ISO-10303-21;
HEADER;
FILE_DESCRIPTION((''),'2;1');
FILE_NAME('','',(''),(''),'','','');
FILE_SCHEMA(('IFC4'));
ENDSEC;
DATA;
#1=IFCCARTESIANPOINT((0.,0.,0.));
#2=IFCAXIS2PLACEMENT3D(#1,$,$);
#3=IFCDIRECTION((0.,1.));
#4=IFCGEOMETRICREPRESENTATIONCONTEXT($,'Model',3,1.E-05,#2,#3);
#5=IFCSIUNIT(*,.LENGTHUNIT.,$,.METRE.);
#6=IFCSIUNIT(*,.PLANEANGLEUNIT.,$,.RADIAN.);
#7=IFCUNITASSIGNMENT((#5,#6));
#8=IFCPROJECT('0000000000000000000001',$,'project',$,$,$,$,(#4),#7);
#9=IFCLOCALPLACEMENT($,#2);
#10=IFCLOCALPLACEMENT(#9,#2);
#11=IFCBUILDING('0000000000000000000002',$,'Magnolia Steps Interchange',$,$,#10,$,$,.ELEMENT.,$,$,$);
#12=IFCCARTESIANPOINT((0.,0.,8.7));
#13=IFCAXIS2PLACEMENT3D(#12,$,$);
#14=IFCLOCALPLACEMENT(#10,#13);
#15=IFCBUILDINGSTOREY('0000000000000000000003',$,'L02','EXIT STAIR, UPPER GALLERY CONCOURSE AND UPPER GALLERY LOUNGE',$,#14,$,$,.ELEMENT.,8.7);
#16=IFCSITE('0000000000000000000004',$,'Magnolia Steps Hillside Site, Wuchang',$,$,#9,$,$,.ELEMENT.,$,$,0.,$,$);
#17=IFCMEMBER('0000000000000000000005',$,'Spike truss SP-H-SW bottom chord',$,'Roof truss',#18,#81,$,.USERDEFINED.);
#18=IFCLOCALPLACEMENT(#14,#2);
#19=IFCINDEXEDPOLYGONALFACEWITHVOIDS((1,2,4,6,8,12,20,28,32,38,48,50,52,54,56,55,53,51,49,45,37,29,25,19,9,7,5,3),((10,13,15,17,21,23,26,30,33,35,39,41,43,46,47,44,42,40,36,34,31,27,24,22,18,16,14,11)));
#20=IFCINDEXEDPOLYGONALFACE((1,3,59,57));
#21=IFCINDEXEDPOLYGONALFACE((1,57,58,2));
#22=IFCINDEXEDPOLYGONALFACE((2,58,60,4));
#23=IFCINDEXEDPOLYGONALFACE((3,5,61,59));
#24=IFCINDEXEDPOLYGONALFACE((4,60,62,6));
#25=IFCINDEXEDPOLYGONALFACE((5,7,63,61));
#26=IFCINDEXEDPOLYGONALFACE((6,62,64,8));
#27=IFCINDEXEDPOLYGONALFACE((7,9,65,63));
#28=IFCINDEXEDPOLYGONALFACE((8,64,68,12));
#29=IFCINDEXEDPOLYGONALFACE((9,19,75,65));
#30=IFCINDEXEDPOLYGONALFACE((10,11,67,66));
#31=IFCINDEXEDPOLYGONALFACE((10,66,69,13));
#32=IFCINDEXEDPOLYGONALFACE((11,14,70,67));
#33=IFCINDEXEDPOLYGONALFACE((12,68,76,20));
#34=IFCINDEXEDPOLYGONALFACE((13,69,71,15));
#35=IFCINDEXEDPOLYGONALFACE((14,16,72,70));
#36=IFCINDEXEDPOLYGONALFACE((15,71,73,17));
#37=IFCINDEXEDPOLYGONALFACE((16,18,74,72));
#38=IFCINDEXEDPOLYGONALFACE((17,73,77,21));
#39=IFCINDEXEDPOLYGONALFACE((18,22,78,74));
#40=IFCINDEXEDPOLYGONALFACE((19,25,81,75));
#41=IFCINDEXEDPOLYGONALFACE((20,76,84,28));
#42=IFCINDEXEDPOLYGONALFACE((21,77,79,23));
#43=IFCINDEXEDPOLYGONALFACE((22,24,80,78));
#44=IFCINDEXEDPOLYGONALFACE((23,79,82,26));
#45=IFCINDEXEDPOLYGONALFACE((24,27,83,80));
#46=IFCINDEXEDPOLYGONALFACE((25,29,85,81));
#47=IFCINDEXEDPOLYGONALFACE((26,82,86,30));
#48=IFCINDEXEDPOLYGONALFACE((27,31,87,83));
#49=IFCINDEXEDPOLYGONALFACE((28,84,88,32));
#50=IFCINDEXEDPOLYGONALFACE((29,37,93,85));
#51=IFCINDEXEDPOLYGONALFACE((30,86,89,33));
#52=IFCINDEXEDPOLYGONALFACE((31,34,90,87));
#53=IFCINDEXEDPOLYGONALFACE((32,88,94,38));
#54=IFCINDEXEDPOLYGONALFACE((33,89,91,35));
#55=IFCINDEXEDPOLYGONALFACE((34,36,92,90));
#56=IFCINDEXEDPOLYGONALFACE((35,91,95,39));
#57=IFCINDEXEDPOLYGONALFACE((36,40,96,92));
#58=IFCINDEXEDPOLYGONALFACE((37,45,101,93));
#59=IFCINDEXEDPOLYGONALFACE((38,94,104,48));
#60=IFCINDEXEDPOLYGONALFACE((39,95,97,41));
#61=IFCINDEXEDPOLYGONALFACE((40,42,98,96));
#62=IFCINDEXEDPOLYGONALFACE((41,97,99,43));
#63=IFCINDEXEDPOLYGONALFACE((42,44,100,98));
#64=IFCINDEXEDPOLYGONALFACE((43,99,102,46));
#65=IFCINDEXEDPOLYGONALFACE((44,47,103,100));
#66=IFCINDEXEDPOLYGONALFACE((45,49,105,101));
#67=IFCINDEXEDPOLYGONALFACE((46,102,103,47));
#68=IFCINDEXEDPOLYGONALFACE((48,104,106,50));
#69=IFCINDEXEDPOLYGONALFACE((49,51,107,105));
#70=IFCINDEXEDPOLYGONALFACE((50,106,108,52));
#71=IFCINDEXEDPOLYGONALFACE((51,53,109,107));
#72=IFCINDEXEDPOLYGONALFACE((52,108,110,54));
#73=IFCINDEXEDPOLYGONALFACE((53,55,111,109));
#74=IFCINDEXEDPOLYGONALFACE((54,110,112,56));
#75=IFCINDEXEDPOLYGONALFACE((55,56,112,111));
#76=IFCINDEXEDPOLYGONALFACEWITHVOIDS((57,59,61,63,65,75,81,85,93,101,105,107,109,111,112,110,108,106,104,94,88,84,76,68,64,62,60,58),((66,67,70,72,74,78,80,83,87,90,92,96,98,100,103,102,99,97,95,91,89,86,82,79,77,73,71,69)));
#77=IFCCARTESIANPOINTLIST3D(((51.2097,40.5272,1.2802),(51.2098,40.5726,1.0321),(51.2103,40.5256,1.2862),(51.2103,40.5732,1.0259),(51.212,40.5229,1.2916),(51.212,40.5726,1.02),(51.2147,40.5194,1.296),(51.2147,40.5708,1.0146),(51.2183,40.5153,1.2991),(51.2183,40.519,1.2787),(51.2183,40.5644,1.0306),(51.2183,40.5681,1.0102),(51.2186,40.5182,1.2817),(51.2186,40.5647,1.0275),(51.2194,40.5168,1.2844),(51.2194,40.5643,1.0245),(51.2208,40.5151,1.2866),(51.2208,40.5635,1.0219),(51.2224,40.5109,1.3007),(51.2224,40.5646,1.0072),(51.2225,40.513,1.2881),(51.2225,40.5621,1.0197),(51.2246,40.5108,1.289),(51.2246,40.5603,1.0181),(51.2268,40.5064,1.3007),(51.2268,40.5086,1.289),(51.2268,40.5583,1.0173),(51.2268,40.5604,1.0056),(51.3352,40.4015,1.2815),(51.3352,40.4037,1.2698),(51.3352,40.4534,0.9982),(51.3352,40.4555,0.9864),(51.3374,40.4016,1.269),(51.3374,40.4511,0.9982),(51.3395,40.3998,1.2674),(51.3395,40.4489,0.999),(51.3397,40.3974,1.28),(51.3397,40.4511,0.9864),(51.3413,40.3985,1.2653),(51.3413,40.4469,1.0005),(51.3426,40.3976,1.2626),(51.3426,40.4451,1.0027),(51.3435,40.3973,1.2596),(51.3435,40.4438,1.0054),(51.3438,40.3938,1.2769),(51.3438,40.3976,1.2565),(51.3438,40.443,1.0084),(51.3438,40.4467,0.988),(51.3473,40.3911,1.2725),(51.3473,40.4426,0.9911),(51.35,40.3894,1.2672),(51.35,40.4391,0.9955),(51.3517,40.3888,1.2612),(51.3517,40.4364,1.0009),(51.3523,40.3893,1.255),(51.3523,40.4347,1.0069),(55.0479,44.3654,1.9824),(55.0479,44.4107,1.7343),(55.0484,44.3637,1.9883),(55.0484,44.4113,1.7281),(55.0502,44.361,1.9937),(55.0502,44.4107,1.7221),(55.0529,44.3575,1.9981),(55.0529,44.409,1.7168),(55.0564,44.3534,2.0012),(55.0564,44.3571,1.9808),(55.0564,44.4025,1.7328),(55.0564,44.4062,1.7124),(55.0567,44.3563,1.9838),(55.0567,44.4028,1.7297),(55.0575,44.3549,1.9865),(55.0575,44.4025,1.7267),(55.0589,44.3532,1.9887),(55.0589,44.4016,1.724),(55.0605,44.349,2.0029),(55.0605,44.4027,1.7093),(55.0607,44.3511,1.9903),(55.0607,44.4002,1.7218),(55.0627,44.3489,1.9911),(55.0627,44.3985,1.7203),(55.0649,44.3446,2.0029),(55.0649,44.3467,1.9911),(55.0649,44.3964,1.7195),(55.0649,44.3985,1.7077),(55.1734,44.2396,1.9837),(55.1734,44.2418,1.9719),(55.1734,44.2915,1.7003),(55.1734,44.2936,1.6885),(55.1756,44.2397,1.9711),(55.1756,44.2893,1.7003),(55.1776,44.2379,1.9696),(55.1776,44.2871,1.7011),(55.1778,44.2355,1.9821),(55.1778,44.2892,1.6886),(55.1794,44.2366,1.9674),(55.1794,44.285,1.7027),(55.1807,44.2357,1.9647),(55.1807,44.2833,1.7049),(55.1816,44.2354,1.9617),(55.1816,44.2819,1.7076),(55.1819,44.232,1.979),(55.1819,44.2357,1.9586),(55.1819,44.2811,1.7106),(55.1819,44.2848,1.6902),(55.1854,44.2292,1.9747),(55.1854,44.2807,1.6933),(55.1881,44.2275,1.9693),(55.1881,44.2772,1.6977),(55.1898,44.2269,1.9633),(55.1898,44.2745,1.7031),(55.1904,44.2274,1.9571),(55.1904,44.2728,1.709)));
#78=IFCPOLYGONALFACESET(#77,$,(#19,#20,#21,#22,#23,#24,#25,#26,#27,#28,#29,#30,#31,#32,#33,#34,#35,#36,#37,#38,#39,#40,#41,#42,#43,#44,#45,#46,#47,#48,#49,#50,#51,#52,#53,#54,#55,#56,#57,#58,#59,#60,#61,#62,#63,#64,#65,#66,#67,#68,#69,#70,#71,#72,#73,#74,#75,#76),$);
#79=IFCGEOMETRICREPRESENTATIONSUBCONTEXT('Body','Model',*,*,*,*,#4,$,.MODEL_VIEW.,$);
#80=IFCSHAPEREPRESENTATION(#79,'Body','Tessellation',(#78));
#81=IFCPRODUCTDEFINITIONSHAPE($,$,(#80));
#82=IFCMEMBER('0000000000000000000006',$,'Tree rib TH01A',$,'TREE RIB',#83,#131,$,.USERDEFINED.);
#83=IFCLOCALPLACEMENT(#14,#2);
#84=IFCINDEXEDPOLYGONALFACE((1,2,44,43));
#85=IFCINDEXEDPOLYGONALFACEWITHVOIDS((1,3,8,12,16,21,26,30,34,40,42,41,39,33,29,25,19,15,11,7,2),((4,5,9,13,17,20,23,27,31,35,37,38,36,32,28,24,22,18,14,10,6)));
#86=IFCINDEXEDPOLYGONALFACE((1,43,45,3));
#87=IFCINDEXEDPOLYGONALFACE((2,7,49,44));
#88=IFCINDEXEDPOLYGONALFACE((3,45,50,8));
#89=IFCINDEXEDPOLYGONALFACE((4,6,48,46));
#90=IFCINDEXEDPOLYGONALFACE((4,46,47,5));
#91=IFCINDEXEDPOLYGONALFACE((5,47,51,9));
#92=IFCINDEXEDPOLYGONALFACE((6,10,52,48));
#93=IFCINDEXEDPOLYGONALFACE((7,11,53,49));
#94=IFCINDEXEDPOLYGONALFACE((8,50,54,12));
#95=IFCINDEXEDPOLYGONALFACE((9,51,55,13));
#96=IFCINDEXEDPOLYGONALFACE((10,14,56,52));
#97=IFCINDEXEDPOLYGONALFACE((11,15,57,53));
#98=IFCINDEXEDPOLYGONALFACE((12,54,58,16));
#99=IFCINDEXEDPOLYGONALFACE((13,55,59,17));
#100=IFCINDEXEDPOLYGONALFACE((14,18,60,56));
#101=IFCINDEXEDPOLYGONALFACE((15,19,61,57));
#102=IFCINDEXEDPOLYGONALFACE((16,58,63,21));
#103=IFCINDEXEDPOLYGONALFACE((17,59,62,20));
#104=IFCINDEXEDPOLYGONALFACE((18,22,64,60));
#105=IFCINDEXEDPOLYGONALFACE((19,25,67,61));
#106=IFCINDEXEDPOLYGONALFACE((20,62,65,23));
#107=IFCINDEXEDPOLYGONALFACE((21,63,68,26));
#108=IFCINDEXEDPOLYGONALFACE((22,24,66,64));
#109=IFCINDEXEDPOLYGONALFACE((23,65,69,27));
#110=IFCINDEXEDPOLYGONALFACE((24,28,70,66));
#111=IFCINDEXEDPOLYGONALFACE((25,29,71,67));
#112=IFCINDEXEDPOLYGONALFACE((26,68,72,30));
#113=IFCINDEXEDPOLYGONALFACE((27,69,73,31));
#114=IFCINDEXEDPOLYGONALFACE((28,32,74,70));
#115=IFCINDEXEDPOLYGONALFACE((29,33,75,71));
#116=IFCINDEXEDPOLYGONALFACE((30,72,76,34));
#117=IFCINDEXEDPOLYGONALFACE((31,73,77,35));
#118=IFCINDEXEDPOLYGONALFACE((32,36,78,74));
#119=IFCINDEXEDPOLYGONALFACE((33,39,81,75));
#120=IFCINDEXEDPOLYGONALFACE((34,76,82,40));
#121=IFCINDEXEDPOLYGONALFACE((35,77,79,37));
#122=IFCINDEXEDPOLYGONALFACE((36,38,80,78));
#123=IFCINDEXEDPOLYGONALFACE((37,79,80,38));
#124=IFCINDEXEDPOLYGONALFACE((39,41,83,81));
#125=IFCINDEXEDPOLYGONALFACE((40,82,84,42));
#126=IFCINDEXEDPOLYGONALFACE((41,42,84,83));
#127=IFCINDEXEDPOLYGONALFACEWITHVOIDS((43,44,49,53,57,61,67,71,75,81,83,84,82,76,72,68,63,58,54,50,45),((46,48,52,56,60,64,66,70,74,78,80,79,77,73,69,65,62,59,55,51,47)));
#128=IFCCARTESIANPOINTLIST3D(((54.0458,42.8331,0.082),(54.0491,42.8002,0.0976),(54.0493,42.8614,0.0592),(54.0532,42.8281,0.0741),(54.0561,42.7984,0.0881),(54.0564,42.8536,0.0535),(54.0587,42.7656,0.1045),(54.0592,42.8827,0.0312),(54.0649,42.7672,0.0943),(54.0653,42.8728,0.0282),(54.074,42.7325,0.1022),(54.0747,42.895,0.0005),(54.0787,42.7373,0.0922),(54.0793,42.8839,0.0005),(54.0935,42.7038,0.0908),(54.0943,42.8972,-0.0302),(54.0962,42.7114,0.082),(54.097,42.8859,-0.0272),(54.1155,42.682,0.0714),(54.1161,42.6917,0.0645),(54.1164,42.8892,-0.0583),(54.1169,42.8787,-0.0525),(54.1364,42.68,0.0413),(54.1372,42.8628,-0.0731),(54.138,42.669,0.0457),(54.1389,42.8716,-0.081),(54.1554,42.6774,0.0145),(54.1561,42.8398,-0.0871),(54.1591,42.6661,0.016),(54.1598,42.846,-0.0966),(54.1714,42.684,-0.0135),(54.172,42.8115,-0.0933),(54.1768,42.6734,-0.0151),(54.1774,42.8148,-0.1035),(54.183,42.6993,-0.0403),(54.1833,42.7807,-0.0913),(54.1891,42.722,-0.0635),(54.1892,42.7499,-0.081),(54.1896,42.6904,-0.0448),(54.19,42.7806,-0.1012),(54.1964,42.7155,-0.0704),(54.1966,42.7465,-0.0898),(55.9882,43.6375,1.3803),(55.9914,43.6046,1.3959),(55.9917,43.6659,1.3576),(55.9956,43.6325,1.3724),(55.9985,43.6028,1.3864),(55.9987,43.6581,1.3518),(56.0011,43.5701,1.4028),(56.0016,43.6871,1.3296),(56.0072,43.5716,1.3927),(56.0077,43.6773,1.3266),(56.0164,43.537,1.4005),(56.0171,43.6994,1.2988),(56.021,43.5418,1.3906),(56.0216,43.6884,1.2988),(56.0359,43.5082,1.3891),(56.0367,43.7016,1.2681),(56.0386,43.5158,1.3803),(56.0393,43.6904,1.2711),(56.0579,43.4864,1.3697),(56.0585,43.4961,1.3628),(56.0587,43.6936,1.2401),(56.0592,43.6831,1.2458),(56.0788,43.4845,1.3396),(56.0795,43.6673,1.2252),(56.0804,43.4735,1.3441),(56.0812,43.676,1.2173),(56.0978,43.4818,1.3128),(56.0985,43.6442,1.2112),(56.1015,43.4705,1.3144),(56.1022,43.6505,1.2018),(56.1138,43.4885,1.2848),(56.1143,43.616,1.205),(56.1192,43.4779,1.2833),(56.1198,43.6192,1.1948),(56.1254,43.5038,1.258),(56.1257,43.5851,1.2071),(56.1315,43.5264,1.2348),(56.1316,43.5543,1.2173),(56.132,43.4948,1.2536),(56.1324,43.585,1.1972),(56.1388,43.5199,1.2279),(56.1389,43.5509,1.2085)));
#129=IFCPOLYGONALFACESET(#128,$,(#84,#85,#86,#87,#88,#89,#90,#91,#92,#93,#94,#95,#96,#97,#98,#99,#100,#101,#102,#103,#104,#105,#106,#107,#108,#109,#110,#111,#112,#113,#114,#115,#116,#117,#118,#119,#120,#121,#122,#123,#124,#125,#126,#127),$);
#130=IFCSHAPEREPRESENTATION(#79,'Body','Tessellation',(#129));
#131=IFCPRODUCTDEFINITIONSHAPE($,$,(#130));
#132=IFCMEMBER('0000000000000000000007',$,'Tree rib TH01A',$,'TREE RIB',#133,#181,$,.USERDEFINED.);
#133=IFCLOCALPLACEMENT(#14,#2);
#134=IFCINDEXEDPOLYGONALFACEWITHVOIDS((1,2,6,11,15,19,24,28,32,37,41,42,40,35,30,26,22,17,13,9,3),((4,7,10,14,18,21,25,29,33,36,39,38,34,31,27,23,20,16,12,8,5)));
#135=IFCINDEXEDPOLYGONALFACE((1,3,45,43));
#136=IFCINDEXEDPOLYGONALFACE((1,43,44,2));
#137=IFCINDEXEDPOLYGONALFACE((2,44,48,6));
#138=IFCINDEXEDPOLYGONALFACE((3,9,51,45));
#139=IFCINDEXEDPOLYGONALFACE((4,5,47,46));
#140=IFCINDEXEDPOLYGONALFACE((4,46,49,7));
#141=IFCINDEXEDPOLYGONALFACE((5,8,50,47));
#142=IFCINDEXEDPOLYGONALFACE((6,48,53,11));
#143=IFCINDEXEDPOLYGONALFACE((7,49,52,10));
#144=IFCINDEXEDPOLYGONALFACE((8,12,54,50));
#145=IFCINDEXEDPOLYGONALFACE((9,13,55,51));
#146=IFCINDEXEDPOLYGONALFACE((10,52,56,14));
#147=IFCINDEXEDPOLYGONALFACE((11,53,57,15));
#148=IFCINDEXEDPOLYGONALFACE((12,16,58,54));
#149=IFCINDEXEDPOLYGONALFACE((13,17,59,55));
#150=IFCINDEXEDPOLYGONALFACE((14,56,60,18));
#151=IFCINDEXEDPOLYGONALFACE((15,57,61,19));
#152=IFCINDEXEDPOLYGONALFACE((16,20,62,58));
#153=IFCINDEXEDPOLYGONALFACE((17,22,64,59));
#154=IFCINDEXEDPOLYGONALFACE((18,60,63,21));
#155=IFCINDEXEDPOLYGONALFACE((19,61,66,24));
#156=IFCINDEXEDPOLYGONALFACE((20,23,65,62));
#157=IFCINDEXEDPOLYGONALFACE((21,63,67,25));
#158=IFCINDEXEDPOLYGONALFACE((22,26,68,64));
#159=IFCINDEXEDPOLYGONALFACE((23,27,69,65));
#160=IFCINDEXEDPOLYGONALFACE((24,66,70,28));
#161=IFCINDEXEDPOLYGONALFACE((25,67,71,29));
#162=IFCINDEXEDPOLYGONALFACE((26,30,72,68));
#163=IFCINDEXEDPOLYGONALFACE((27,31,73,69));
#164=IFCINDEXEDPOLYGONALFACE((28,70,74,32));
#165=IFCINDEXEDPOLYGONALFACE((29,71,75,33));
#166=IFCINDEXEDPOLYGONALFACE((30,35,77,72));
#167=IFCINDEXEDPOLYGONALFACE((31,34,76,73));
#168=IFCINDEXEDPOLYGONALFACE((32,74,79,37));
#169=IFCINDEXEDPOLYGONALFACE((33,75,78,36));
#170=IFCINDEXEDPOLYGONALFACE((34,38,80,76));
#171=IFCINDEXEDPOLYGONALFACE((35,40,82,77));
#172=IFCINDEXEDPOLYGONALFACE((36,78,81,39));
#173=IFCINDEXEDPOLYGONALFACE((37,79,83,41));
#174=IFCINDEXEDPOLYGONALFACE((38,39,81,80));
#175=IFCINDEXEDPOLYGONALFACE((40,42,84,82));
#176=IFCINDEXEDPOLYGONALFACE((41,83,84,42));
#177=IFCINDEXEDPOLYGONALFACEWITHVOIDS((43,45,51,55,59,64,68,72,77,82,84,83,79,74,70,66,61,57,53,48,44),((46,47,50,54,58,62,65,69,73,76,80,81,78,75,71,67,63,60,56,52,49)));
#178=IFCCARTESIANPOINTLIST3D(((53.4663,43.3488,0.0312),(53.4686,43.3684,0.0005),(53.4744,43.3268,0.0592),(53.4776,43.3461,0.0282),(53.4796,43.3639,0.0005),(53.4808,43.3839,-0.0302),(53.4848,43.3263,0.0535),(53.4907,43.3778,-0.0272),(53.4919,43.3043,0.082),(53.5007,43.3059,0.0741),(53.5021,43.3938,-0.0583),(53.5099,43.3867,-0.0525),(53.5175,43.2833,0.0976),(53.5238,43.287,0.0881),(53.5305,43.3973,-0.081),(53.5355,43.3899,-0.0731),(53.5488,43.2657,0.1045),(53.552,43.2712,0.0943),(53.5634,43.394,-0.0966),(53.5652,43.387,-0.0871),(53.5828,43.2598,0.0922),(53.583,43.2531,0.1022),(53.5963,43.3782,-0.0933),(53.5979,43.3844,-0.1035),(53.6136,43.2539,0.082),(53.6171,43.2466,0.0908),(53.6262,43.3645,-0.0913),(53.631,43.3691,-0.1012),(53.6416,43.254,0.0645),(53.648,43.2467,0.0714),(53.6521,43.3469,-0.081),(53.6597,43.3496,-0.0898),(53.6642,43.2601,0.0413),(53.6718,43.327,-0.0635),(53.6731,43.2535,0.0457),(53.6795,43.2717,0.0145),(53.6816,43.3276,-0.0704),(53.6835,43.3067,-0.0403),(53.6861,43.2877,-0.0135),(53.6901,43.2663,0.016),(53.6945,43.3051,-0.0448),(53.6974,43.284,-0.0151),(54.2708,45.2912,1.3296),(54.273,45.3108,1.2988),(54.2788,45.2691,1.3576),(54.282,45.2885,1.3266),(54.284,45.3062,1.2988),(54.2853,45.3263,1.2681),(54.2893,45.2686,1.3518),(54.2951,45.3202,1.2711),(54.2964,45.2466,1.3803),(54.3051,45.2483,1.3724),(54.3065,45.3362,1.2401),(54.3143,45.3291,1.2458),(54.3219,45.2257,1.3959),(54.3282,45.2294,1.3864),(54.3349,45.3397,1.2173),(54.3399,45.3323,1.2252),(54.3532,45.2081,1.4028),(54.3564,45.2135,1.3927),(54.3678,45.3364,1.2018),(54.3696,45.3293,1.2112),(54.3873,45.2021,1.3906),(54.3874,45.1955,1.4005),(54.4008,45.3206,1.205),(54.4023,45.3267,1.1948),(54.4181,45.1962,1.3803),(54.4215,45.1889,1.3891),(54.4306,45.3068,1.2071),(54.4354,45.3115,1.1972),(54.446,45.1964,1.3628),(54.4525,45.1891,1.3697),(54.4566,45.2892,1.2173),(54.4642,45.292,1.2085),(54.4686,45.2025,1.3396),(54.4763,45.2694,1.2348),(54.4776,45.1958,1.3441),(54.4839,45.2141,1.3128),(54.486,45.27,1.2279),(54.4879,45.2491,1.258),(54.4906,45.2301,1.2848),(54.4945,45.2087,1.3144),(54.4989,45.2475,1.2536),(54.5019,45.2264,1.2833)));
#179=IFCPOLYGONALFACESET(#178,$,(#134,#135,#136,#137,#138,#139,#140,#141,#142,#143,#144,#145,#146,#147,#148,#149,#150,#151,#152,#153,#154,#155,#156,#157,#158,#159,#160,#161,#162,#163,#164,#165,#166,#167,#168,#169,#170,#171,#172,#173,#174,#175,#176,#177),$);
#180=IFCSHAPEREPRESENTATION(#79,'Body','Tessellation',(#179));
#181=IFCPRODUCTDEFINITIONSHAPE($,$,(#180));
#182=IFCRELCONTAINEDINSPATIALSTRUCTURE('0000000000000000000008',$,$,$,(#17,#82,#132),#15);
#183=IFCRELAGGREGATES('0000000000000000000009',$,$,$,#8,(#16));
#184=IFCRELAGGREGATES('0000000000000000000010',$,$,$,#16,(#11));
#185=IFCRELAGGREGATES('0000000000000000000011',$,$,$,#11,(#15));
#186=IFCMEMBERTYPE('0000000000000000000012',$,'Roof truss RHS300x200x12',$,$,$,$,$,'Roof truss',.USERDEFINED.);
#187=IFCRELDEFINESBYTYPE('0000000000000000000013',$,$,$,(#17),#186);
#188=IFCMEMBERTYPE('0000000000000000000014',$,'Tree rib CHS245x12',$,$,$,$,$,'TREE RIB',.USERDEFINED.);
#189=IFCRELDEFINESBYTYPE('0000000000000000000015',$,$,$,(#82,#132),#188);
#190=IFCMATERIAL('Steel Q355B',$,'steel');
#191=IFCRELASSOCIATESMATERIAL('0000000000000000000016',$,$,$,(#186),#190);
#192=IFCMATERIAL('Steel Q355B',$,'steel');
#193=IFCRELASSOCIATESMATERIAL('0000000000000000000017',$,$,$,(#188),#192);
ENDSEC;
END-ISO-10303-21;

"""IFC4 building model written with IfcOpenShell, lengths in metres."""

from ifc_helpers import new_model, si_unit, direction, frame, origin, origin_2d, place, context, subcontext, project, spatial, hollow_rectangle, hollow_circle, extrude, material, material_profile, profile_set, type_object, element, save


model = new_model("IFC4")

# Units and contexts
model_context = context("Model", 3, precision=1e-05, world=origin(), true_north=direction((0.0, 1.0)))
body_context = subcontext(model_context, "Body", "Model", "MODEL_VIEW")
ifc_project = project(units=[si_unit("LENGTHUNIT", "METRE"), si_unit("PLANEANGLEUNIT", "RADIAN")], contexts=[model_context])

# Site, building, storey
site_placement = place(None, origin())
site = spatial("IfcSite", under=ifc_project, at=site_placement, Name="Magnolia Steps Hillside Site, Wuchang", CompositionType="ELEMENT", RefElevation=0.0)
building_placement = place(site_placement, origin())
building = spatial("IfcBuilding", under=site, at=building_placement, Name="Magnolia Steps Interchange", CompositionType="ELEMENT")
storey_placement = place(building_placement, frame((0.0, 0.0, 8.7)))
storey = spatial("IfcBuildingStorey", under=building, at=storey_placement, Name="L02", Description="EXIT STAIR, UPPER GALLERY CONCOURSE AND UPPER GALLERY LOUNGE", CompositionType="ELEMENT", Elevation=8.7)

# Members
ifc_material_1 = material(Name="Steel Q355B", Category="steel")
ifc_material_profile_1 = material_profile(ifc_material_1, hollow_rectangle(XDim=0.2, YDim=0.3, WallThickness=0.012, InnerFilletRadius=0.012, OuterFilletRadius=0.0239, at=origin_2d()), Name="RHS300x200x12")
ifc_profile_set_1 = profile_set([ifc_material_profile_1], Name="Steel Q355B")
member_type_1 = type_object("IfcMemberType", Name="Roof truss RHS300x200x12", ElementType="Roof truss", PredefinedType="USERDEFINED", material=ifc_profile_set_1)
member_placement = place(storey_placement, frame((55.1191, 44.3191, 1.8457), z_axis=(-0.701264, -0.701264, -0.128289), x_axis=(0.712902, -0.689817, -0.126186)))
element("IfcMember", 1, at=member_placement, inside=storey, type_object=member_type_1, Name="Spike truss SP-H-SW bottom chord", ObjectType="Roof truss", PredefinedType="USERDEFINED", context=body_context, shape_type="SweptSolid", body=[
    extrude(hollow_rectangle(XDim=0.2, YDim=0.3, WallThickness=0.012, InnerFilletRadius=0.012, OuterFilletRadius=0.0239, at=origin_2d()), origin(), (0.0, 0.0, 1.0), 5.4731),
])
ifc_material_2 = material(Name="Steel Q355B", Category="steel")
ifc_material_profile_2 = material_profile(ifc_material_2, hollow_circle(Radius=0.1226, WallThickness=0.012, at=origin_2d()), Name="CHS245x12")
ifc_profile_set_2 = profile_set([ifc_material_profile_2], Name="Steel Q355B")
member_type_2 = type_object("IfcMemberType", Name="Tree rib CHS245x12", ElementType="TREE RIB", PredefinedType="USERDEFINED", material=ifc_profile_set_2)
for number, where, z_axis, x_axis, name in (
    (2, (54.1216, 42.7817, 0.0005), (0.786083, 0.325558, 0.525438), (-0.382636, 0.923899, 0.0), "Tree rib TH01A"),
    (3, (53.5818, 43.3215, 0.0005), (0.325558, 0.786083, 0.525438), (-0.923899, 0.382636, 0.0), "Tree rib TH01A"),
):
    element("IfcMember", number, at=place(storey_placement, frame(where, z_axis=z_axis, x_axis=x_axis)), inside=storey, type_object=member_type_2, Name=name, ObjectType="TREE RIB", PredefinedType="USERDEFINED", context=body_context, shape_type="SweptSolid", body=[
        extrude(hollow_circle(Radius=0.1226, WallThickness=0.012, at=origin_2d()), origin(), (0.0, 0.0, 1.0), 2.4709),
    ])

save(model, "model.ifc")
